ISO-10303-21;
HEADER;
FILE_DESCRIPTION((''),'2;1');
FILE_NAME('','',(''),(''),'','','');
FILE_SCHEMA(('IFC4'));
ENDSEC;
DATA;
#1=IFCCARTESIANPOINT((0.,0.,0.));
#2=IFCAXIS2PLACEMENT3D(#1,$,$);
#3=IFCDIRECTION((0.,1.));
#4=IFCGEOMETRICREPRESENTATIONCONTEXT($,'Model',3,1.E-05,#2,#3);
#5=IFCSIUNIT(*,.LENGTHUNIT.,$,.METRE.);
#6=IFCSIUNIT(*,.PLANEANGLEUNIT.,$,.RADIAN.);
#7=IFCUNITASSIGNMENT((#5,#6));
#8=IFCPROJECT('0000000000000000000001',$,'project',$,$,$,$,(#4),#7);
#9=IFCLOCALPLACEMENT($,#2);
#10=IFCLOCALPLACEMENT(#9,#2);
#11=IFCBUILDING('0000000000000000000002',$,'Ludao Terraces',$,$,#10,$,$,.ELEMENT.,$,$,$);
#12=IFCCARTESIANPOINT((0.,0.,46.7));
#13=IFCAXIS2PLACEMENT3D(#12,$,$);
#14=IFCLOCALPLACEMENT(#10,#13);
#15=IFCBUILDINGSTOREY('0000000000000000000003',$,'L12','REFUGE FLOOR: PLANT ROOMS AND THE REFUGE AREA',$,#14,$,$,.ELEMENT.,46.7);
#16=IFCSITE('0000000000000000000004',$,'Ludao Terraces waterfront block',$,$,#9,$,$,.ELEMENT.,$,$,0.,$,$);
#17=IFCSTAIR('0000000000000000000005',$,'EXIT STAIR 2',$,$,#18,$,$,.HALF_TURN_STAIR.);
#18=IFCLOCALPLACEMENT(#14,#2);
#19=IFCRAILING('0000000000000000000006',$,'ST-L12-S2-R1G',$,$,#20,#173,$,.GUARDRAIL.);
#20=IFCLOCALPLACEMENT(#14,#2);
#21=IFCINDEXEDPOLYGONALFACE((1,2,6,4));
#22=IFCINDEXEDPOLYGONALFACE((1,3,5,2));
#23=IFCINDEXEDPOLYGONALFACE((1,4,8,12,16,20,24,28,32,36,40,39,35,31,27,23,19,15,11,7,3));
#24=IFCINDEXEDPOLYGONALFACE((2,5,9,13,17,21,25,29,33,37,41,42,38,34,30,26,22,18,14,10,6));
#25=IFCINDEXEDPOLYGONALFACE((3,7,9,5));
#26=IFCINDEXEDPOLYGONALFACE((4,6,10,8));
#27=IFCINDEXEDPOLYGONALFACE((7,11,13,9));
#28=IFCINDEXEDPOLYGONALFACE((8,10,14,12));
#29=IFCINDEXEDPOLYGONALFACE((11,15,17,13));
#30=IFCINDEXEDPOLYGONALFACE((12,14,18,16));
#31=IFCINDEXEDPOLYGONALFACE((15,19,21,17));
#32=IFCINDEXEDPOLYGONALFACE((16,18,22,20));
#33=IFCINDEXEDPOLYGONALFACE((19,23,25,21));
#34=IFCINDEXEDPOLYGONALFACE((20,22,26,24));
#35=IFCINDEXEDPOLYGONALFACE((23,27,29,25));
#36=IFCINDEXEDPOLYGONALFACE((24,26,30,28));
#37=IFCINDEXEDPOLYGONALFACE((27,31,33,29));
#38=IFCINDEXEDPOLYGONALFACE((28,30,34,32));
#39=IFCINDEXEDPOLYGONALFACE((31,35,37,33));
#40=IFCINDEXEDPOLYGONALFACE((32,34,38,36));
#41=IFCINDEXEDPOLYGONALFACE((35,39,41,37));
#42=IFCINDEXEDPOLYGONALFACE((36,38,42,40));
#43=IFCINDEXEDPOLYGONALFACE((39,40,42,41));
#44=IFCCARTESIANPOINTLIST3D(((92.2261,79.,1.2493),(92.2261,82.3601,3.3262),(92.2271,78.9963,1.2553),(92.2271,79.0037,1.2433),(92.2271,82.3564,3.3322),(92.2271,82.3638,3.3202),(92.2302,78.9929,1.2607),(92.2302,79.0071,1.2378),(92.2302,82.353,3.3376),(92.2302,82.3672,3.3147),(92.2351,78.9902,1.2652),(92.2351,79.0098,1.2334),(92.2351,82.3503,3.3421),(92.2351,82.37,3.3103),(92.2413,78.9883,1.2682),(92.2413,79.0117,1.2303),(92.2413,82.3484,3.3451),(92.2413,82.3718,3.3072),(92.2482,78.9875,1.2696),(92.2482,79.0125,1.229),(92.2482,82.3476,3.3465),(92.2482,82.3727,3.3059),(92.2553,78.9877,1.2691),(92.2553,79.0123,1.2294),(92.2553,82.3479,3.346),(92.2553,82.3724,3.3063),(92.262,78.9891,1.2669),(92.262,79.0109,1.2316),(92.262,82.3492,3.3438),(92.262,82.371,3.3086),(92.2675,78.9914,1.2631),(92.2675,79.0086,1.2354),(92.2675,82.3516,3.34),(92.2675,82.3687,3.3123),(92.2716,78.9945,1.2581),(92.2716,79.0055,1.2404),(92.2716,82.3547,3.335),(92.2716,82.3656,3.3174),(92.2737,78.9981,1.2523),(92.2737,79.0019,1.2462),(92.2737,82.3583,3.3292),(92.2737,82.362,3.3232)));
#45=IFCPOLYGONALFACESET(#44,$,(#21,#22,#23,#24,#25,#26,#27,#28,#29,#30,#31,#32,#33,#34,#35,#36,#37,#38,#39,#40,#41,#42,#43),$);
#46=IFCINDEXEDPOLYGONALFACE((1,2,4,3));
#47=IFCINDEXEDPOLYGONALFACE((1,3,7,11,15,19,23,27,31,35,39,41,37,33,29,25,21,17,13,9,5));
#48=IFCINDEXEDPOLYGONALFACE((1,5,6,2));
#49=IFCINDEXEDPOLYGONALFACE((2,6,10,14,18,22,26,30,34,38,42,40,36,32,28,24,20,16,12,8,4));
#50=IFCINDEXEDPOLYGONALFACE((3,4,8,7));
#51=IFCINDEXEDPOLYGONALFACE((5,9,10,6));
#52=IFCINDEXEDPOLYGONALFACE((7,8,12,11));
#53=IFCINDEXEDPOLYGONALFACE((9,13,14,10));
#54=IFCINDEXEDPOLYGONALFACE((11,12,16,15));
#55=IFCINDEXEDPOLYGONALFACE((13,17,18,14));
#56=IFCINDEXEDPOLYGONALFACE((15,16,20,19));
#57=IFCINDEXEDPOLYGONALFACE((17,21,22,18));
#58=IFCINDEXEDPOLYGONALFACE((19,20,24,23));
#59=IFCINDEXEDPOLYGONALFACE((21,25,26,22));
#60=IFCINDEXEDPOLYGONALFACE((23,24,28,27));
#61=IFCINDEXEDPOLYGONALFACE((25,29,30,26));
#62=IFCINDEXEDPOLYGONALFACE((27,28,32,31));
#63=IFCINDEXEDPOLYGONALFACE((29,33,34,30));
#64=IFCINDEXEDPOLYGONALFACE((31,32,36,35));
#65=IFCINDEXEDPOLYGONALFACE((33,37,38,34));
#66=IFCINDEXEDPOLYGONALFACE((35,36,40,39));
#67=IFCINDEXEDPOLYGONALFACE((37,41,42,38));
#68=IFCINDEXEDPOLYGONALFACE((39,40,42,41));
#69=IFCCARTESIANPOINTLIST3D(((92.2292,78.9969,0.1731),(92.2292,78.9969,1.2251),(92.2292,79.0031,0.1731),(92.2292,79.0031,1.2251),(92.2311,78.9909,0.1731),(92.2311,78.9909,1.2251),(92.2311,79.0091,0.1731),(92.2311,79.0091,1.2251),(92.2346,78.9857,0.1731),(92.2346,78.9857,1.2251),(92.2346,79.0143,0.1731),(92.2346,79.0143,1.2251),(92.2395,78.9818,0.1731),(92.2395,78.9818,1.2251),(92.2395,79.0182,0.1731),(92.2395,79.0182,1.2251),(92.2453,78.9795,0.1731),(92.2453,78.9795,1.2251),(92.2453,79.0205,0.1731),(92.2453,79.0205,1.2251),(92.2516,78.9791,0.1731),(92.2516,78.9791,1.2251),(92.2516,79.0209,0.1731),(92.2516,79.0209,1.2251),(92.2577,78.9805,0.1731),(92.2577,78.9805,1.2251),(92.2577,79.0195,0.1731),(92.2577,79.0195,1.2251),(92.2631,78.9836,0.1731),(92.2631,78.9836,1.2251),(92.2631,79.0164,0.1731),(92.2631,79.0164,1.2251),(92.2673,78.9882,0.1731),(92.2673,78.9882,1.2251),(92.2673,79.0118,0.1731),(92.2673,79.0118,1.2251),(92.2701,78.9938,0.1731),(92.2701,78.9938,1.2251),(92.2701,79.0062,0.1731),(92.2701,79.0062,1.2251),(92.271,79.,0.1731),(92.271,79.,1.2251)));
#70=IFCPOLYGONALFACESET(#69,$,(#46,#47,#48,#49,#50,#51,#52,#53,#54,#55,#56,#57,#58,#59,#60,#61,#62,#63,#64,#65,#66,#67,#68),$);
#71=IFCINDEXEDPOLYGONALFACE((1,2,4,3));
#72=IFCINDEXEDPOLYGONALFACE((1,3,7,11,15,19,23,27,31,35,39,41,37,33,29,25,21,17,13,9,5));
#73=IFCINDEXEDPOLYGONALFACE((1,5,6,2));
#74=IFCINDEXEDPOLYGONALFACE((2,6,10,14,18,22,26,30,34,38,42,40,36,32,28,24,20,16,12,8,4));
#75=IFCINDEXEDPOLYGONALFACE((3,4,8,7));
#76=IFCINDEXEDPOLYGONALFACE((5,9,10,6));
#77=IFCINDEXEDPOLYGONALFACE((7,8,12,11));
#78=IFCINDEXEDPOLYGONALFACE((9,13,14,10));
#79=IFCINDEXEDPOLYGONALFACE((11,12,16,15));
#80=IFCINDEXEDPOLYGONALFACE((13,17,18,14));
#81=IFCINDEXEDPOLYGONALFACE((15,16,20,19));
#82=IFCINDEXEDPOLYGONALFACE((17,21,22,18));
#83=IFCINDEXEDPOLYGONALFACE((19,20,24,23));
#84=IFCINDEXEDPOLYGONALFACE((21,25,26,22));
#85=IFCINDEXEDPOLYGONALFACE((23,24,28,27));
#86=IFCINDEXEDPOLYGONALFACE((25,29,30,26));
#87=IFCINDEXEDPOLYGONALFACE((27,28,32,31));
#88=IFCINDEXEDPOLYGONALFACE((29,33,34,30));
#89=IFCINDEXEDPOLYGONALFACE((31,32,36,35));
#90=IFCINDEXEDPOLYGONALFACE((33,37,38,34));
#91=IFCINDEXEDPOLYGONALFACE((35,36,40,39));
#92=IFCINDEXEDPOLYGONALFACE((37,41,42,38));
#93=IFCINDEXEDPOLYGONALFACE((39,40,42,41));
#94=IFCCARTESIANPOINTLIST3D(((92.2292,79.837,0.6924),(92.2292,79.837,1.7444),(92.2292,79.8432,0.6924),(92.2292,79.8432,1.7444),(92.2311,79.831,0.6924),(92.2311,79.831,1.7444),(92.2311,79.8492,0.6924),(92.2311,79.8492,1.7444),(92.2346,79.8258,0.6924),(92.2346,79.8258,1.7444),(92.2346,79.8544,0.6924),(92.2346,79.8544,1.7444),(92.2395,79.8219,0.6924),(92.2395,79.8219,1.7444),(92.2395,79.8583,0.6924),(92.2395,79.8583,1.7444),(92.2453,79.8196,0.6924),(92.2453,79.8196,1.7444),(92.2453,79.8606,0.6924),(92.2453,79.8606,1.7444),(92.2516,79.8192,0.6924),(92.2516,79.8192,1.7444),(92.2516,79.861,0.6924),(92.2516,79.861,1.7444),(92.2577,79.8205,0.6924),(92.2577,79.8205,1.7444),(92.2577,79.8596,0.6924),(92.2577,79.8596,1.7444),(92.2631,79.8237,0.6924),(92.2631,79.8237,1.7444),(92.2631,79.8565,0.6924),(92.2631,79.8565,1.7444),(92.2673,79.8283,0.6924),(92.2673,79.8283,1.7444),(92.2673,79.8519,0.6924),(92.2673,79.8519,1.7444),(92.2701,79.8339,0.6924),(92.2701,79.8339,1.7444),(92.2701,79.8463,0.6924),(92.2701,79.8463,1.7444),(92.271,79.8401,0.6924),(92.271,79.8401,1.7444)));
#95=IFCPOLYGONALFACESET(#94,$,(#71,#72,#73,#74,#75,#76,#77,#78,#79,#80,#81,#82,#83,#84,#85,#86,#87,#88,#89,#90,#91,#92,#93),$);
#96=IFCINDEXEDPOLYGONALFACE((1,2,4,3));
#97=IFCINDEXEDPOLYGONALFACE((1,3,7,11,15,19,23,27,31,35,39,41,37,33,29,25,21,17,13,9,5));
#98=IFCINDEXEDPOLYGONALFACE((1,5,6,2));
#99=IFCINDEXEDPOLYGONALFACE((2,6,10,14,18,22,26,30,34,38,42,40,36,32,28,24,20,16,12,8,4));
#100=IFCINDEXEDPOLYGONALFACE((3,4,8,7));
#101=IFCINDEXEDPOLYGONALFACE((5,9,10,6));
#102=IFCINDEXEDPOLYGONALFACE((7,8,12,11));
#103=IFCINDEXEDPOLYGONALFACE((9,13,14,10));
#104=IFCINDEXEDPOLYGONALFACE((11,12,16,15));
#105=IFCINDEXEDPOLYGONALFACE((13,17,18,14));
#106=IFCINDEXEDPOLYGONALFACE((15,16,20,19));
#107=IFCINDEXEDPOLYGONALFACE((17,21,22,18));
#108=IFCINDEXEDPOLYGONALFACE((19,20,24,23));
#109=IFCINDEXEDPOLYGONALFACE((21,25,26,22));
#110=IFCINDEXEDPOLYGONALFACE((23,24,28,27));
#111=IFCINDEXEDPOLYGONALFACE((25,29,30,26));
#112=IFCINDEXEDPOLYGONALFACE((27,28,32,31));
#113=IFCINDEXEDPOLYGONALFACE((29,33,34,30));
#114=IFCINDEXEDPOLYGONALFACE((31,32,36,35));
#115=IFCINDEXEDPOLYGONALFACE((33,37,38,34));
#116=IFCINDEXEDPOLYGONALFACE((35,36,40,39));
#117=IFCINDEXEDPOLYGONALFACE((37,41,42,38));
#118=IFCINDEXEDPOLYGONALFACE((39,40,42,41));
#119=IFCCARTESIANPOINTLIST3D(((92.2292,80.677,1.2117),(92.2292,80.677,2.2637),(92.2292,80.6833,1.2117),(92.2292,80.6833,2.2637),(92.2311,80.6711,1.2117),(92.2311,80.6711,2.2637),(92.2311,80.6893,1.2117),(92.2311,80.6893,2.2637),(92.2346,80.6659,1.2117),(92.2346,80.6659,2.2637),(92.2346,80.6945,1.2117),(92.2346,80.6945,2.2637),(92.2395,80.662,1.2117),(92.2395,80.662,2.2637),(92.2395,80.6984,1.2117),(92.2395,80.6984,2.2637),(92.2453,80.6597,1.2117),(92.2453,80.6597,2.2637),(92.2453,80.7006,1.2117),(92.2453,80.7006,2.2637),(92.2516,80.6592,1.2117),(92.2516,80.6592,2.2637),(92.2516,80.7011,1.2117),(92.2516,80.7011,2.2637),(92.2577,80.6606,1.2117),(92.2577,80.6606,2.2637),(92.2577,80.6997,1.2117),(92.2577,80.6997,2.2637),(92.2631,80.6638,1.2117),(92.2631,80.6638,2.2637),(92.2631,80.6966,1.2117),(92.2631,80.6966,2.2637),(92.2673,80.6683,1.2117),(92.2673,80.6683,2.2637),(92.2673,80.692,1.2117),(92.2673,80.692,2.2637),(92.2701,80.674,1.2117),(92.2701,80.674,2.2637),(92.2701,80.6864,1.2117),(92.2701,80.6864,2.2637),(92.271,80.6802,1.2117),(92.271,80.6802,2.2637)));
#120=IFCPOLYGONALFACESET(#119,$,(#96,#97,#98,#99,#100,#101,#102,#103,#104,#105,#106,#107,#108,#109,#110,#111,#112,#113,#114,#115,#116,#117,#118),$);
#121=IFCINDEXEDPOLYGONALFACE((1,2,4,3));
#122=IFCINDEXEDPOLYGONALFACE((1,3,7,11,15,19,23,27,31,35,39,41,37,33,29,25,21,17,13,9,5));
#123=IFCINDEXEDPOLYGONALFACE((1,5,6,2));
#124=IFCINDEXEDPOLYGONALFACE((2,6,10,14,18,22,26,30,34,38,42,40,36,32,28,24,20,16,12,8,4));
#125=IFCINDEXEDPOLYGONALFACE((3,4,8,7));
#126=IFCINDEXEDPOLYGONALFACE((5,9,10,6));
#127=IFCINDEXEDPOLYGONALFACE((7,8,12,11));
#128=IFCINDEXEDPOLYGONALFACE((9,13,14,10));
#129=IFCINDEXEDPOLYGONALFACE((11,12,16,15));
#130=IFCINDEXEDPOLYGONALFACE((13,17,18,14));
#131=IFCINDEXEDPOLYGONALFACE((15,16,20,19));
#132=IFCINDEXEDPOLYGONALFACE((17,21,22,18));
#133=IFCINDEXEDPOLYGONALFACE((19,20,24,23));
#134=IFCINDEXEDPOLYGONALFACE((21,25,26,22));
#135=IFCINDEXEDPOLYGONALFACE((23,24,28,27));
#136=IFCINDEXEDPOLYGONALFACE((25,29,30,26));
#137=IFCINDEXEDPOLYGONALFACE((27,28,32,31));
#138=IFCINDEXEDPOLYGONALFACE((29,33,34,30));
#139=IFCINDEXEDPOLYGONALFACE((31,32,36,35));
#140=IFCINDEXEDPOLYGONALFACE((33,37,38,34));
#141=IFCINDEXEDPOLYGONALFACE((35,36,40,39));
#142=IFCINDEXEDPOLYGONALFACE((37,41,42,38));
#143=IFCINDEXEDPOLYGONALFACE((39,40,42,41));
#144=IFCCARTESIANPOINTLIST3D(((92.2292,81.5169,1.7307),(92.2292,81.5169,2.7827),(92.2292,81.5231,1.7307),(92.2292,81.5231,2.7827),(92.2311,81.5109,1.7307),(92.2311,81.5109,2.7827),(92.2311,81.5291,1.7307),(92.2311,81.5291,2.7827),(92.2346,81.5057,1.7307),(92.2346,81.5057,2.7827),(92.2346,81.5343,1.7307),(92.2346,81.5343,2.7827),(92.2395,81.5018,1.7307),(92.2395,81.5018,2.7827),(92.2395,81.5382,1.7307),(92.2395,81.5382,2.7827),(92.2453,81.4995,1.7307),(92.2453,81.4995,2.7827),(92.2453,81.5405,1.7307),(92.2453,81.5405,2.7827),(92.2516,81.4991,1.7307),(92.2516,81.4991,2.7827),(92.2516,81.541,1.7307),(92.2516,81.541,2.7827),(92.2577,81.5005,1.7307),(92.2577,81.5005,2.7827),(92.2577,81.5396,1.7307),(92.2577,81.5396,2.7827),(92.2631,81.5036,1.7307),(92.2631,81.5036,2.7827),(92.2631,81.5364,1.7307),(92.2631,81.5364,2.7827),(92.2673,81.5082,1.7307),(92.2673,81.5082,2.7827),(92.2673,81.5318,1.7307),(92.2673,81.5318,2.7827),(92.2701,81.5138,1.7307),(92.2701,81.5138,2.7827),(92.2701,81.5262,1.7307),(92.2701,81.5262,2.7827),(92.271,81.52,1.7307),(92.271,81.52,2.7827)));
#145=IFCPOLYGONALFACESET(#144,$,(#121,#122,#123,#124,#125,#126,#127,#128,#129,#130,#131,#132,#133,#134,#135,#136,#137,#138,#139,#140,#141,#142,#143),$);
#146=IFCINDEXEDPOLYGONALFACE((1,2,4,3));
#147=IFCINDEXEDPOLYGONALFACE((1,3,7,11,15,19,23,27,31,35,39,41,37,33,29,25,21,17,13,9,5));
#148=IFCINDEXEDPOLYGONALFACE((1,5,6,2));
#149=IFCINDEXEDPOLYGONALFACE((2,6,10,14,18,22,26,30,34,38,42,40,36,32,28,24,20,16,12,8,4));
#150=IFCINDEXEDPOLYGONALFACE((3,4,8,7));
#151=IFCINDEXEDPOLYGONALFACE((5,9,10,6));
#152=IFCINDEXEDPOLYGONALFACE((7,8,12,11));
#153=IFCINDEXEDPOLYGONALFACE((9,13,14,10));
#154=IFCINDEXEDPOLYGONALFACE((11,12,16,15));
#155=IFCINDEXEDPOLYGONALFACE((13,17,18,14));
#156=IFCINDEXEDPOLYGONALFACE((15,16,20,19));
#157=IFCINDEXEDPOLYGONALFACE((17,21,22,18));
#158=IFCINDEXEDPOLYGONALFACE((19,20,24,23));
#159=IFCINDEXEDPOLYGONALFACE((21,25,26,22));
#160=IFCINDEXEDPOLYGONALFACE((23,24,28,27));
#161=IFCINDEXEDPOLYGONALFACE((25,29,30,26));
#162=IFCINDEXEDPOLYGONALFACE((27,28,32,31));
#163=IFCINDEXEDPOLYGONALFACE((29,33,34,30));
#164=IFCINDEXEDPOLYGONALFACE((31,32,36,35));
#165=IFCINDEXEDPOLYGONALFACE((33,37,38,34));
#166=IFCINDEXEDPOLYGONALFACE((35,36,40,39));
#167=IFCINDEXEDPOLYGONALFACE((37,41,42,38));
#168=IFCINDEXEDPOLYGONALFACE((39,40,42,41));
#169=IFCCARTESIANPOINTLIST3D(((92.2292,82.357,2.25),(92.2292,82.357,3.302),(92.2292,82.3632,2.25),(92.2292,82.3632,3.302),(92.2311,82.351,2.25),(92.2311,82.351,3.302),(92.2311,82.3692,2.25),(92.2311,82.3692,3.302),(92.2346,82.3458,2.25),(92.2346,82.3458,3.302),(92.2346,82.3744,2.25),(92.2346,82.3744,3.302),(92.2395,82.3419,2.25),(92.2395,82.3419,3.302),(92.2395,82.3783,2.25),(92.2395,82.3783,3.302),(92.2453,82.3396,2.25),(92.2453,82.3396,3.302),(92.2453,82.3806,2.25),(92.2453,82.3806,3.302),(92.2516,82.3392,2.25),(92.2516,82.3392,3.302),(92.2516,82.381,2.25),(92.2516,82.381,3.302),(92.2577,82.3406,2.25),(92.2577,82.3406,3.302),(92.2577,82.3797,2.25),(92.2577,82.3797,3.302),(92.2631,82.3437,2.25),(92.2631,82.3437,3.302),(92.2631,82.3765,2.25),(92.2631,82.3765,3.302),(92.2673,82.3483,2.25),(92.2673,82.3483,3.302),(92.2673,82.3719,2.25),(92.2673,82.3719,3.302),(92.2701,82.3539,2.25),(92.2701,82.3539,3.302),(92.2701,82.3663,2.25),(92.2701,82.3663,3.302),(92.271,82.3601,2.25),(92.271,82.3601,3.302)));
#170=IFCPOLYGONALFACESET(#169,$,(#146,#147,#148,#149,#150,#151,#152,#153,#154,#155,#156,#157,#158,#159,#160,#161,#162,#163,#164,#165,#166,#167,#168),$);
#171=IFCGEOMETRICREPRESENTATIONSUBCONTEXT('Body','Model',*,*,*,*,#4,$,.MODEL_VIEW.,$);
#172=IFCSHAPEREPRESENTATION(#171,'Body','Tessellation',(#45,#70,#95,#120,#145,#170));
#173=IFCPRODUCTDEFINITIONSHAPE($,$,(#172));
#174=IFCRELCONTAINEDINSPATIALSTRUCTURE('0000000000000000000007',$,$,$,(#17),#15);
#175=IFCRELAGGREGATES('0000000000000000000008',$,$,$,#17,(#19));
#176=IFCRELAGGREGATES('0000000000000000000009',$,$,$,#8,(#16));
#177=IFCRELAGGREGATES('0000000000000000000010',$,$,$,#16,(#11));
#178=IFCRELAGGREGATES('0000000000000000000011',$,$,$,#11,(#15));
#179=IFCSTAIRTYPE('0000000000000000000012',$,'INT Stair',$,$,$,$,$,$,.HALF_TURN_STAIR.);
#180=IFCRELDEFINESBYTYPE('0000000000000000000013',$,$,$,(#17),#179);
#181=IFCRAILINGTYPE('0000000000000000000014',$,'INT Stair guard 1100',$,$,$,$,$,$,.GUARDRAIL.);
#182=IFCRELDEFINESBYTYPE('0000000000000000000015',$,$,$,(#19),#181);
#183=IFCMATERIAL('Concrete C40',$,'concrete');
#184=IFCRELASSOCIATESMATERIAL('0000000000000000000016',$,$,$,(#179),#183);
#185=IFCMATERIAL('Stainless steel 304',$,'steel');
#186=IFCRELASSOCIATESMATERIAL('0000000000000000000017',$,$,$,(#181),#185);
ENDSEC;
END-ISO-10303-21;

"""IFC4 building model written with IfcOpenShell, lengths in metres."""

from ifc_helpers import new_model, si_unit, direction, frame, origin, origin_2d, place, context, subcontext, project, spatial, circle, extrude, material, type_object, element, aggregate, save


model = new_model("IFC4")

# Units and contexts
model_context = context("Model", 3, precision=1e-05, world=origin(), true_north=direction((0.0, 1.0)))
body_context = subcontext(model_context, "Body", "Model", "MODEL_VIEW")
ifc_project = project(units=[si_unit("LENGTHUNIT", "METRE"), si_unit("PLANEANGLEUNIT", "RADIAN")], contexts=[model_context])

# Site, building, storey
site_placement = place(None, origin())
site = spatial("IfcSite", under=ifc_project, at=site_placement, Name="Ludao Terraces waterfront block", CompositionType="ELEMENT", RefElevation=0.0)
building_placement = place(site_placement, origin())
building = spatial("IfcBuilding", under=site, at=building_placement, Name="Ludao Terraces", CompositionType="ELEMENT")
storey_placement = place(building_placement, frame((0.0, 0.0, 46.7)))
storey = spatial("IfcBuildingStorey", under=building, at=storey_placement, Name="L12", Description="REFUGE FLOOR: PLANT ROOMS AND THE REFUGE AREA", CompositionType="ELEMENT", Elevation=46.7)

# Stair, railing
ifc_material_1 = material(Name="Concrete C40", Category="concrete")
stair_type = type_object("IfcStairType", Name="INT Stair", PredefinedType="HALF_TURN_STAIR", material=ifc_material_1)
stair_placement = place(storey_placement, origin())
stair = element("IfcStair", 1, at=stair_placement, inside=storey, type_object=stair_type, Name="EXIT STAIR 2", PredefinedType="HALF_TURN_STAIR")
ifc_material_2 = material(Name="Stainless steel 304", Category="steel")
railing_type_1 = type_object("IfcRailingType", Name="INT Stair guard 1100", PredefinedType="GUARDRAIL", material=ifc_material_2)
railing_1_placement = place(storey_placement, frame((92.25, 79.0, 0.1731)))
railing_1 = element("IfcRailing", 2, at=railing_1_placement, type_object=railing_type_1, Name="ST-L12-S2-R1G", PredefinedType="GUARDRAIL", context=body_context, shape_type="SweptSolid", body=[
    extrude(circle(Radius=0.0239, at=origin_2d()), frame((0.0, 0.0, 1.0762), z_axis=(0.0, 0.850623, 0.525776), x_axis=(-1.0, 0.0, 0.0)), (0.0, 0.0, 1.0), 3.9502),
    extrude(circle(Radius=0.021, at=origin_2d()), origin(), (0.0, 0.0, 1.0), 1.052),
    extrude(circle(Radius=0.021, at=origin_2d()), frame((0.0, 0.8401, 0.5193)), (0.0, 0.0, 1.0), 1.052),
    extrude(circle(Radius=0.021, at=origin_2d()), frame((0.0, 1.6802, 1.0386)), (0.0, 0.0, 1.0), 1.052),
    extrude(circle(Radius=0.021, at=origin_2d()), frame((0.0, 2.52, 1.5576)), (0.0, 0.0, 1.0), 1.052),
    extrude(circle(Radius=0.021, at=origin_2d()), frame((0.0, 3.3601, 2.0769)), (0.0, 0.0, 1.0), 1.052),
])
aggregate(stair, [railing_1])

save(model, "model.ifc")
